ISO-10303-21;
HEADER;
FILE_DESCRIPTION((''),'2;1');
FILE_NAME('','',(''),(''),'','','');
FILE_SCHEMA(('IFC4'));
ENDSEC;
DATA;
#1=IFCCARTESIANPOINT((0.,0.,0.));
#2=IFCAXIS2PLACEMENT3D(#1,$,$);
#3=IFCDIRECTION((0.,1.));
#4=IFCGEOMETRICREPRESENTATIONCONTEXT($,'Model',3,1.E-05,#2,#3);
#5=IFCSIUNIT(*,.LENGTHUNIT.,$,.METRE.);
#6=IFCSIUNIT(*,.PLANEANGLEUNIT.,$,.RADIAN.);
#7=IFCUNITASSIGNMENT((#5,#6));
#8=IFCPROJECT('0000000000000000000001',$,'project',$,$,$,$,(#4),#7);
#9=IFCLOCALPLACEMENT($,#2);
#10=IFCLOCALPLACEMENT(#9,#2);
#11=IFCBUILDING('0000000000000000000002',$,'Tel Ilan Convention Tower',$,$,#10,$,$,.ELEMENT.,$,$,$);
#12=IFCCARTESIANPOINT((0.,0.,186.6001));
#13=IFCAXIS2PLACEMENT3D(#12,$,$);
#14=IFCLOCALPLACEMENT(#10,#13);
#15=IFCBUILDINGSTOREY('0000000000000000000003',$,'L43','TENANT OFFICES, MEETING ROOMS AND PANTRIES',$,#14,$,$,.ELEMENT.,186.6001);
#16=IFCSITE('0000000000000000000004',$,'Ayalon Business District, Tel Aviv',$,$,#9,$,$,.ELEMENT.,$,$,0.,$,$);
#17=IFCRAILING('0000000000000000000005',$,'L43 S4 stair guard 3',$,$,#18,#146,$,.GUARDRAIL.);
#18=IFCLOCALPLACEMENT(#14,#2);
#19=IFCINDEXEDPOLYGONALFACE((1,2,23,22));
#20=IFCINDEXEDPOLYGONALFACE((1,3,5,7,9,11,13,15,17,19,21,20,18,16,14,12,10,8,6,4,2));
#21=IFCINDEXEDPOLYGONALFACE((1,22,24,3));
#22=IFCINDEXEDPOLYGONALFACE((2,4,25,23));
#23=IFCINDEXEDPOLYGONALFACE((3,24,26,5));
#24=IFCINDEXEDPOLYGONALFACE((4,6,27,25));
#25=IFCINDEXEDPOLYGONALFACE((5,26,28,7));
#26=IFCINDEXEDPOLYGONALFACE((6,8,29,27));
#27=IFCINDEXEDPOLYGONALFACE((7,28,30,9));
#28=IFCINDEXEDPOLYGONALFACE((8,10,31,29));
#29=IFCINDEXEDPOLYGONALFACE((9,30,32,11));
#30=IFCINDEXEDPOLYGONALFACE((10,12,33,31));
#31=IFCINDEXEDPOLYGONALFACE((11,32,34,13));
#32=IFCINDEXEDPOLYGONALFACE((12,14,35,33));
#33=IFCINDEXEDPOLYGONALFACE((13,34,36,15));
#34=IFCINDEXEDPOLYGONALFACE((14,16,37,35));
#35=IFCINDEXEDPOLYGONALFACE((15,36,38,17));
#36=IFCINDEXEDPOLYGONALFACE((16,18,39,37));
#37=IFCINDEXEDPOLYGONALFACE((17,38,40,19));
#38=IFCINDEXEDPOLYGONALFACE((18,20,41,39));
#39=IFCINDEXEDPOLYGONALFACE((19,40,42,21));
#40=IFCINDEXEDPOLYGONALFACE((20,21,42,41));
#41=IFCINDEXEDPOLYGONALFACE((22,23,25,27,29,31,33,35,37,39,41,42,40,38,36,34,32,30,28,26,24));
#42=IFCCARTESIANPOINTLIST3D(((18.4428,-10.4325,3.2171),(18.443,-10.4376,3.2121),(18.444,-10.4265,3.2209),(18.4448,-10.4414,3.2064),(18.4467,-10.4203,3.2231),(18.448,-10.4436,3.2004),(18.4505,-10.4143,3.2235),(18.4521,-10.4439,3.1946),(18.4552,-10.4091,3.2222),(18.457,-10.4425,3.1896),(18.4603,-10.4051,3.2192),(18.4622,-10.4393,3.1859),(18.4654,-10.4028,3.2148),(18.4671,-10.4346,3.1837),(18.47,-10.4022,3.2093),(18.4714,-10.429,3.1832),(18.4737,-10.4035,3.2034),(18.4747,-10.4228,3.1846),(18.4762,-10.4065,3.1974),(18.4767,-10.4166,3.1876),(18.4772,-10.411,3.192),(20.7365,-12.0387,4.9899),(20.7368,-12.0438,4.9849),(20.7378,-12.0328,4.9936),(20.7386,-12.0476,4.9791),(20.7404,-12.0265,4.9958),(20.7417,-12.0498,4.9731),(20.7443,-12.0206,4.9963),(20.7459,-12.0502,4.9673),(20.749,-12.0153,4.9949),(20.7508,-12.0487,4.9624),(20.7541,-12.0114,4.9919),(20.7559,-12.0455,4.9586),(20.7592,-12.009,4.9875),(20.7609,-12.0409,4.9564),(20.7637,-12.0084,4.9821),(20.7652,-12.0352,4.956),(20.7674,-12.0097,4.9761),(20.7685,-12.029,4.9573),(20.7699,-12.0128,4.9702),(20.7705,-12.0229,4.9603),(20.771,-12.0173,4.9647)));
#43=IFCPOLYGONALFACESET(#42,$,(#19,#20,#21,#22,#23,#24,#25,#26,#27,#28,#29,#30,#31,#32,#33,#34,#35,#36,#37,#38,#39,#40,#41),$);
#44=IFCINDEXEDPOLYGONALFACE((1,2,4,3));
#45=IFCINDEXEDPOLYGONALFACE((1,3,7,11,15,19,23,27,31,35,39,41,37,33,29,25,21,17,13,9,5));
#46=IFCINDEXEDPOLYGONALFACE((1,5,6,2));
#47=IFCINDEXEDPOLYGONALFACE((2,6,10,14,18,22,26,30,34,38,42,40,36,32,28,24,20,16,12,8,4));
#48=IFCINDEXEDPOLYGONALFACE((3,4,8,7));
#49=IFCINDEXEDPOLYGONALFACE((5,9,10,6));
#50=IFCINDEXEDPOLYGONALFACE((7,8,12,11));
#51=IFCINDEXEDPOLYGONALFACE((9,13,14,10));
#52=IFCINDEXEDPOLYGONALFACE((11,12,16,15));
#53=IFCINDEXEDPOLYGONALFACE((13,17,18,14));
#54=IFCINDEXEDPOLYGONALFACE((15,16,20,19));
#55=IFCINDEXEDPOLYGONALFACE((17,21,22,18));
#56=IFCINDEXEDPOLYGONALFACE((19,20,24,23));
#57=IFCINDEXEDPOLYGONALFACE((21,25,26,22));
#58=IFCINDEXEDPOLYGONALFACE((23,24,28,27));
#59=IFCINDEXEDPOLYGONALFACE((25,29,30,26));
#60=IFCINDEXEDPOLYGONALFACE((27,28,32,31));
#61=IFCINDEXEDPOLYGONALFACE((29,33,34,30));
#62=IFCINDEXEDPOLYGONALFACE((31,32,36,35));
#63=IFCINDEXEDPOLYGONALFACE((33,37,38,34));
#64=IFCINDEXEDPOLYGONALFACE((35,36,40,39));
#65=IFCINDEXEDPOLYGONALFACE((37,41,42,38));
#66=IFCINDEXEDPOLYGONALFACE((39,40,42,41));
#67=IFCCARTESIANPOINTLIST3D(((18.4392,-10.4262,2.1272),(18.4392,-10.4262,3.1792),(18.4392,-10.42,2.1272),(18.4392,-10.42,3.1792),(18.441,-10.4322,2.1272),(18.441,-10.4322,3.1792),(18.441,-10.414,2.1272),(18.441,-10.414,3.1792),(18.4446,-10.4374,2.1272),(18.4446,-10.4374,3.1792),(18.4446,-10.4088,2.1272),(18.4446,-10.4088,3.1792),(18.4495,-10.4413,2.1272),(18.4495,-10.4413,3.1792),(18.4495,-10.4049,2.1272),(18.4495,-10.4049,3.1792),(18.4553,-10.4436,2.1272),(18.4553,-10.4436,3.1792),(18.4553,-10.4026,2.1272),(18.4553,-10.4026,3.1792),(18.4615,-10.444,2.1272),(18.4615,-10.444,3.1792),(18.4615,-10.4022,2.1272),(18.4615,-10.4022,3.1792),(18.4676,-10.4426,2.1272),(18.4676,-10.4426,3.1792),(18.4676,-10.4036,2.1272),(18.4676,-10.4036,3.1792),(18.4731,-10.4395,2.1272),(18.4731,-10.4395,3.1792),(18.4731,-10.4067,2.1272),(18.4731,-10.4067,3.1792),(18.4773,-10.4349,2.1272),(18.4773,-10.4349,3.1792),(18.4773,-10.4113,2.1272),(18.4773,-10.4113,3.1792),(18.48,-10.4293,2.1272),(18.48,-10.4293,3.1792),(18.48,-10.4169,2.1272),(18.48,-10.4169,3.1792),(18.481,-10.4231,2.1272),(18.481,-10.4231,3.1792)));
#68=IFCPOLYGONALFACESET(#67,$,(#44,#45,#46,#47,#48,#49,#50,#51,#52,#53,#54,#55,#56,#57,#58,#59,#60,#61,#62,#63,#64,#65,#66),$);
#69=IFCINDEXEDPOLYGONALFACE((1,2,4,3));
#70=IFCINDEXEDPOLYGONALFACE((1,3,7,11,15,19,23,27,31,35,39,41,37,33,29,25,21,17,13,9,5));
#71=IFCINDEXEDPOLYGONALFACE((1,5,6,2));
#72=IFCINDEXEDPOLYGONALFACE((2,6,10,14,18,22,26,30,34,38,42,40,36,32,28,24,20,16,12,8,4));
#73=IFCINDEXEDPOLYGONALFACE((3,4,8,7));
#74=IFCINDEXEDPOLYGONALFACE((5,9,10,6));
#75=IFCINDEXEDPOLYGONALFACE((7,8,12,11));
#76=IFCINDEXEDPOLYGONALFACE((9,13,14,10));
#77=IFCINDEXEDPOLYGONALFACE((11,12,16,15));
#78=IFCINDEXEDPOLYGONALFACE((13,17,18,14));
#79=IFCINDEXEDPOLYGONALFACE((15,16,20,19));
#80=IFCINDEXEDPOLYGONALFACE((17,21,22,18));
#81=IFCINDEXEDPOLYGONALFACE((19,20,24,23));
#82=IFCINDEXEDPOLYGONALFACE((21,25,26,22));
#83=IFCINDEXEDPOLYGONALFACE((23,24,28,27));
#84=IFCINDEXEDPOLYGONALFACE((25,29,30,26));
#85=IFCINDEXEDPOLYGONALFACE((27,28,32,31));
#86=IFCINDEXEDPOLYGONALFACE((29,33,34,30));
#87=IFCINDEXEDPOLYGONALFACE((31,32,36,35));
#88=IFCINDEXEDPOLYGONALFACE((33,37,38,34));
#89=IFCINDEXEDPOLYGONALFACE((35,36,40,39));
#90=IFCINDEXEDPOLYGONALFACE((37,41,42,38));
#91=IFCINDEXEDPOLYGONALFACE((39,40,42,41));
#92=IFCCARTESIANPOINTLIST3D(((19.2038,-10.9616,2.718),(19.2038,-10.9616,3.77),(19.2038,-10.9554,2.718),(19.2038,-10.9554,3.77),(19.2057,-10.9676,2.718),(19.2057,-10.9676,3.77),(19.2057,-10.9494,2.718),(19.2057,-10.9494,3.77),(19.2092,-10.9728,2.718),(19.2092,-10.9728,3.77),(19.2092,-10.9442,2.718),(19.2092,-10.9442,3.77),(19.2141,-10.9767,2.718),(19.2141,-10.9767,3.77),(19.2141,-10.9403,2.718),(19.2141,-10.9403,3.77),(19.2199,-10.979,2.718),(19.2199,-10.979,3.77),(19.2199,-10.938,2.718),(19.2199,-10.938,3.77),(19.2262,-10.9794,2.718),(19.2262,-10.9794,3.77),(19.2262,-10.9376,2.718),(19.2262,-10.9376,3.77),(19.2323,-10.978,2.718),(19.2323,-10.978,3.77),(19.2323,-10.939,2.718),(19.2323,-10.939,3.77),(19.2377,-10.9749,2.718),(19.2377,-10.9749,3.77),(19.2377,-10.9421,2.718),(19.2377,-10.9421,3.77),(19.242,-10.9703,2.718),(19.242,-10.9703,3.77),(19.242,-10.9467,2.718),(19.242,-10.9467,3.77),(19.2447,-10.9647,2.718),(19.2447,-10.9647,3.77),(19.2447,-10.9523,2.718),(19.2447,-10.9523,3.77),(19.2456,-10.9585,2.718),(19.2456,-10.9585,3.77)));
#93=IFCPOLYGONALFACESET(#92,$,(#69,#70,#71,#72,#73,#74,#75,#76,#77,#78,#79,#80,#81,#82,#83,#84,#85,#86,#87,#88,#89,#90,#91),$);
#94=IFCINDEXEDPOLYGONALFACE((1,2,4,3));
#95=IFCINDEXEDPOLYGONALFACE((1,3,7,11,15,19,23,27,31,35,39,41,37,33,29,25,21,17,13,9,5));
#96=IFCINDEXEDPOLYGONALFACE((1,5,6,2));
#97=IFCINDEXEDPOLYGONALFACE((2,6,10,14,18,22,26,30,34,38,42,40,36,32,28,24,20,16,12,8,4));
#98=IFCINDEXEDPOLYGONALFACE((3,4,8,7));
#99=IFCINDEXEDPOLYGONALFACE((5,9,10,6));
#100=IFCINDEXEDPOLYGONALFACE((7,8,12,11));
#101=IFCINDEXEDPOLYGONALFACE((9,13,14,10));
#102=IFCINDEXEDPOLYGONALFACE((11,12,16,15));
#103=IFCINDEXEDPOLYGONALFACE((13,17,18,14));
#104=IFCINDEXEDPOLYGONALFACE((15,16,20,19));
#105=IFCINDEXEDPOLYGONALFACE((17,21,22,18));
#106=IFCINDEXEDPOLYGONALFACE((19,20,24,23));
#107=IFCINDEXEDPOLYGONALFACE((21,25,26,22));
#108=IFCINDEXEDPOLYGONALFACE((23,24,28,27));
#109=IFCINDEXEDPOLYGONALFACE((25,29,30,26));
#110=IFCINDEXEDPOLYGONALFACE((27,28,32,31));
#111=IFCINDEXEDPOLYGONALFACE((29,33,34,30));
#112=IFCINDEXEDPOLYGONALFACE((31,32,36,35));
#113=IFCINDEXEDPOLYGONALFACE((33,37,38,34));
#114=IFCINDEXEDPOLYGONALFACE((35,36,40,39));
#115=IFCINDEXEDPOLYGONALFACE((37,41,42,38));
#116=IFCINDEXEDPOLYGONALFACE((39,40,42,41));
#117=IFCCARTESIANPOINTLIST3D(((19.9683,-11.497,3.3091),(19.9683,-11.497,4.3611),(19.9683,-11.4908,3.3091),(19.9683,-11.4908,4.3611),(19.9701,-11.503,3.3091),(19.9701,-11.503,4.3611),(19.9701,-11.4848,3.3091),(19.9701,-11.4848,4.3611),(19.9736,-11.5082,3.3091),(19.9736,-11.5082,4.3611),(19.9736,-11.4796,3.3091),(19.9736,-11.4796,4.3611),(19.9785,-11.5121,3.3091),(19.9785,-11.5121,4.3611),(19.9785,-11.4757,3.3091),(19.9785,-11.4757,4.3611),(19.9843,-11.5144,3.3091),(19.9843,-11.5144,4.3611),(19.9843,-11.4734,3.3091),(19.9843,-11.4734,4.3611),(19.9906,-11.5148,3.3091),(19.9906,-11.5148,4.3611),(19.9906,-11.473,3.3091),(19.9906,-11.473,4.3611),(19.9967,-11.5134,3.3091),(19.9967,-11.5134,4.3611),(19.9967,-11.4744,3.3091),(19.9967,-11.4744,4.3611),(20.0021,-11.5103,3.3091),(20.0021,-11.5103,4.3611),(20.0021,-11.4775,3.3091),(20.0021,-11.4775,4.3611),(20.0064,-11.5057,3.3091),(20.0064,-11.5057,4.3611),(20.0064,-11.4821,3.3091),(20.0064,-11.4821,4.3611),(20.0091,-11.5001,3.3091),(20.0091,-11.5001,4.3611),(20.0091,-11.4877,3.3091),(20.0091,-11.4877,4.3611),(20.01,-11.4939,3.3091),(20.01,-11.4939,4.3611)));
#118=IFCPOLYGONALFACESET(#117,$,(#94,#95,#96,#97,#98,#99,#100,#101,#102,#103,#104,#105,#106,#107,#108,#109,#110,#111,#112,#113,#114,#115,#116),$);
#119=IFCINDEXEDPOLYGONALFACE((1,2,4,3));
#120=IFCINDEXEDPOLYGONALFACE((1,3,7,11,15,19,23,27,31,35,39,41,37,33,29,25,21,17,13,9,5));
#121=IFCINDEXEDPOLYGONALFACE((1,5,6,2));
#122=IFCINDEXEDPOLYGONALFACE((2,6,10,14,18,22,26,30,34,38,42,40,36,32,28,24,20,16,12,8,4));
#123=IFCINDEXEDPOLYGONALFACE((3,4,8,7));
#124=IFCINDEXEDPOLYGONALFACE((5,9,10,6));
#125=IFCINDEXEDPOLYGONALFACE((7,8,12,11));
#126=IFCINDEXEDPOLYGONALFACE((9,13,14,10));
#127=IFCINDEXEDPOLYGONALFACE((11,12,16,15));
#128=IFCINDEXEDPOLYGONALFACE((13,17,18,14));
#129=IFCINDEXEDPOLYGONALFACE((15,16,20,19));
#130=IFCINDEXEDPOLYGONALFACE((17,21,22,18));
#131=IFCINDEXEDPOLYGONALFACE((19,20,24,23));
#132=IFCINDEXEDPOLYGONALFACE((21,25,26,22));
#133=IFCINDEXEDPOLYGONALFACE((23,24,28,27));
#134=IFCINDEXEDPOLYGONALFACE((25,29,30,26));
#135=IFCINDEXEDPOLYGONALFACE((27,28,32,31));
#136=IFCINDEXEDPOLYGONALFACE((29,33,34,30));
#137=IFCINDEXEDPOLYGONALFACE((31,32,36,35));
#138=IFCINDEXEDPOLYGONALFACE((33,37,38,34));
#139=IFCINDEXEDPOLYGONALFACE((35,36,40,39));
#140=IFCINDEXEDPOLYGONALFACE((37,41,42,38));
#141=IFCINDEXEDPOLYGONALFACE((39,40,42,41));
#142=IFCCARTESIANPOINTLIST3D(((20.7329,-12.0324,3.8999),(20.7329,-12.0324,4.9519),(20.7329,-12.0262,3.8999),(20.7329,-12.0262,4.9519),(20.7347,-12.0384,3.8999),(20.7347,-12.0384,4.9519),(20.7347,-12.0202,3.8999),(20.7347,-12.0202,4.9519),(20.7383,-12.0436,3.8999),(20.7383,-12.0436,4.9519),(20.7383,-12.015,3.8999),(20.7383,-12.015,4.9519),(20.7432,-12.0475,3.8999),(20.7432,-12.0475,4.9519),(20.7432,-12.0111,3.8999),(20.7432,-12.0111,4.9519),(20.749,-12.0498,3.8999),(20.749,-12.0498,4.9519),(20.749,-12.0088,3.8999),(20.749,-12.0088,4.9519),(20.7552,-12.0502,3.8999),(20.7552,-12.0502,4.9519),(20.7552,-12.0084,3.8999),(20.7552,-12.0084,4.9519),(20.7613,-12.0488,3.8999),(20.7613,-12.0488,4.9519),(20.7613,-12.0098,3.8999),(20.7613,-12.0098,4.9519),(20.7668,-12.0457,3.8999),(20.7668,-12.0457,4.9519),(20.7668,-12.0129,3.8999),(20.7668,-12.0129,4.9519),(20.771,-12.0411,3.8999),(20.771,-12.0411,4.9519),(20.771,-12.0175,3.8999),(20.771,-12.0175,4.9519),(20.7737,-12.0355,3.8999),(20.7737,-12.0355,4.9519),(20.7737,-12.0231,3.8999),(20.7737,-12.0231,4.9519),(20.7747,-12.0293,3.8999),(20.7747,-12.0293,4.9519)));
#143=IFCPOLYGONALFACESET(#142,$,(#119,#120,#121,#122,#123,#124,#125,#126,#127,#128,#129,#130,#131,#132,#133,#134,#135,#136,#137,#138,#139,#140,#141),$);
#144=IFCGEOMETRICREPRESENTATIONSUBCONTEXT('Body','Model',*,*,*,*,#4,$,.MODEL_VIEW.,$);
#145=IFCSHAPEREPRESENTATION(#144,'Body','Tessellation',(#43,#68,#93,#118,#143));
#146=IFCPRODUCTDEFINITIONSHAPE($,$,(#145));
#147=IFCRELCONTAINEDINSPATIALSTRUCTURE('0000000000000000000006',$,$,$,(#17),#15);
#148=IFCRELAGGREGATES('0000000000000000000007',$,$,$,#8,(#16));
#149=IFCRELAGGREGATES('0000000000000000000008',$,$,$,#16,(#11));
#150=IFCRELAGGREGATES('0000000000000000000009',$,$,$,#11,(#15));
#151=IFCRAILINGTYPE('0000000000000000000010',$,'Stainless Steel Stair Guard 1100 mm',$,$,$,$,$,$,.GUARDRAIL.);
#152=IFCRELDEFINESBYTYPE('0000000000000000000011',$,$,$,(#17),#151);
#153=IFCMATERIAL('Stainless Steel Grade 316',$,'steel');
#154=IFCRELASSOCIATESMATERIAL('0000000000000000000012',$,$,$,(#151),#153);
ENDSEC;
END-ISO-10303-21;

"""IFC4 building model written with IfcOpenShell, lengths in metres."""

from ifc_helpers import new_model, si_unit, direction, frame, origin, origin_2d, place, context, subcontext, project, spatial, circle, extrude, material, type_object, element, save


model = new_model("IFC4")

# Units and contexts
model_context = context("Model", 3, precision=1e-05, world=origin(), true_north=direction((0.0, 1.0)))
body_context = subcontext(model_context, "Body", "Model", "MODEL_VIEW")
ifc_project = project(units=[si_unit("LENGTHUNIT", "METRE"), si_unit("PLANEANGLEUNIT", "RADIAN")], contexts=[model_context])

# Site, building, storey
site_placement = place(None, origin())
site = spatial("IfcSite", under=ifc_project, at=site_placement, Name="Ayalon Business District, Tel Aviv", CompositionType="ELEMENT", RefElevation=0.0)
building_placement = place(site_placement, origin())
building = spatial("IfcBuilding", under=site, at=building_placement, Name="Tel Ilan Convention Tower", CompositionType="ELEMENT")
storey_placement = place(building_placement, frame((0.0, 0.0, 186.6001)))
storey = spatial("IfcBuildingStorey", under=building, at=storey_placement, Name="L43", Description="TENANT OFFICES, MEETING ROOMS AND PANTRIES", CompositionType="ELEMENT", Elevation=186.6001)

# Railing
ifc_material_1 = material(Name="Stainless Steel Grade 316", Category="steel")
railing_type_1 = type_object("IfcRailingType", Name="Stainless Steel Stair Guard 1100 mm", PredefinedType="GUARDRAIL", material=ifc_material_1)
railing_1_placement = place(storey_placement, frame((18.46, -10.4231, 2.1272)))
element("IfcRailing", 1, at=railing_1_placement, inside=storey, type_object=railing_type_1, Name="L43 S4 stair guard 3", PredefinedType="GUARDRAIL", context=body_context, shape_type="SweptSolid", body=[
    extrude(circle(Radius=0.0239, at=origin_2d()), frame((0.0, 0.0, 1.0762), z_axis=(0.692098, -0.484653, 0.534894), x_axis=(0.573609, 0.81913, 0.0)), (0.0, 0.0, 1.0), 3.3142),
    extrude(circle(Radius=0.021, at=origin_2d()), origin(), (0.0, 0.0, 1.0), 1.052),
    extrude(circle(Radius=0.021, at=origin_2d()), frame((0.7646, -0.5354, 0.5908)), (0.0, 0.0, 1.0), 1.052),
    extrude(circle(Radius=0.021, at=origin_2d()), frame((1.5291, -1.0708, 1.1819)), (0.0, 0.0, 1.0), 1.052),
    extrude(circle(Radius=0.021, at=origin_2d()), frame((2.2937, -1.6062, 1.7727)), (0.0, 0.0, 1.0), 1.052),
])

save(model, "model.ifc")
